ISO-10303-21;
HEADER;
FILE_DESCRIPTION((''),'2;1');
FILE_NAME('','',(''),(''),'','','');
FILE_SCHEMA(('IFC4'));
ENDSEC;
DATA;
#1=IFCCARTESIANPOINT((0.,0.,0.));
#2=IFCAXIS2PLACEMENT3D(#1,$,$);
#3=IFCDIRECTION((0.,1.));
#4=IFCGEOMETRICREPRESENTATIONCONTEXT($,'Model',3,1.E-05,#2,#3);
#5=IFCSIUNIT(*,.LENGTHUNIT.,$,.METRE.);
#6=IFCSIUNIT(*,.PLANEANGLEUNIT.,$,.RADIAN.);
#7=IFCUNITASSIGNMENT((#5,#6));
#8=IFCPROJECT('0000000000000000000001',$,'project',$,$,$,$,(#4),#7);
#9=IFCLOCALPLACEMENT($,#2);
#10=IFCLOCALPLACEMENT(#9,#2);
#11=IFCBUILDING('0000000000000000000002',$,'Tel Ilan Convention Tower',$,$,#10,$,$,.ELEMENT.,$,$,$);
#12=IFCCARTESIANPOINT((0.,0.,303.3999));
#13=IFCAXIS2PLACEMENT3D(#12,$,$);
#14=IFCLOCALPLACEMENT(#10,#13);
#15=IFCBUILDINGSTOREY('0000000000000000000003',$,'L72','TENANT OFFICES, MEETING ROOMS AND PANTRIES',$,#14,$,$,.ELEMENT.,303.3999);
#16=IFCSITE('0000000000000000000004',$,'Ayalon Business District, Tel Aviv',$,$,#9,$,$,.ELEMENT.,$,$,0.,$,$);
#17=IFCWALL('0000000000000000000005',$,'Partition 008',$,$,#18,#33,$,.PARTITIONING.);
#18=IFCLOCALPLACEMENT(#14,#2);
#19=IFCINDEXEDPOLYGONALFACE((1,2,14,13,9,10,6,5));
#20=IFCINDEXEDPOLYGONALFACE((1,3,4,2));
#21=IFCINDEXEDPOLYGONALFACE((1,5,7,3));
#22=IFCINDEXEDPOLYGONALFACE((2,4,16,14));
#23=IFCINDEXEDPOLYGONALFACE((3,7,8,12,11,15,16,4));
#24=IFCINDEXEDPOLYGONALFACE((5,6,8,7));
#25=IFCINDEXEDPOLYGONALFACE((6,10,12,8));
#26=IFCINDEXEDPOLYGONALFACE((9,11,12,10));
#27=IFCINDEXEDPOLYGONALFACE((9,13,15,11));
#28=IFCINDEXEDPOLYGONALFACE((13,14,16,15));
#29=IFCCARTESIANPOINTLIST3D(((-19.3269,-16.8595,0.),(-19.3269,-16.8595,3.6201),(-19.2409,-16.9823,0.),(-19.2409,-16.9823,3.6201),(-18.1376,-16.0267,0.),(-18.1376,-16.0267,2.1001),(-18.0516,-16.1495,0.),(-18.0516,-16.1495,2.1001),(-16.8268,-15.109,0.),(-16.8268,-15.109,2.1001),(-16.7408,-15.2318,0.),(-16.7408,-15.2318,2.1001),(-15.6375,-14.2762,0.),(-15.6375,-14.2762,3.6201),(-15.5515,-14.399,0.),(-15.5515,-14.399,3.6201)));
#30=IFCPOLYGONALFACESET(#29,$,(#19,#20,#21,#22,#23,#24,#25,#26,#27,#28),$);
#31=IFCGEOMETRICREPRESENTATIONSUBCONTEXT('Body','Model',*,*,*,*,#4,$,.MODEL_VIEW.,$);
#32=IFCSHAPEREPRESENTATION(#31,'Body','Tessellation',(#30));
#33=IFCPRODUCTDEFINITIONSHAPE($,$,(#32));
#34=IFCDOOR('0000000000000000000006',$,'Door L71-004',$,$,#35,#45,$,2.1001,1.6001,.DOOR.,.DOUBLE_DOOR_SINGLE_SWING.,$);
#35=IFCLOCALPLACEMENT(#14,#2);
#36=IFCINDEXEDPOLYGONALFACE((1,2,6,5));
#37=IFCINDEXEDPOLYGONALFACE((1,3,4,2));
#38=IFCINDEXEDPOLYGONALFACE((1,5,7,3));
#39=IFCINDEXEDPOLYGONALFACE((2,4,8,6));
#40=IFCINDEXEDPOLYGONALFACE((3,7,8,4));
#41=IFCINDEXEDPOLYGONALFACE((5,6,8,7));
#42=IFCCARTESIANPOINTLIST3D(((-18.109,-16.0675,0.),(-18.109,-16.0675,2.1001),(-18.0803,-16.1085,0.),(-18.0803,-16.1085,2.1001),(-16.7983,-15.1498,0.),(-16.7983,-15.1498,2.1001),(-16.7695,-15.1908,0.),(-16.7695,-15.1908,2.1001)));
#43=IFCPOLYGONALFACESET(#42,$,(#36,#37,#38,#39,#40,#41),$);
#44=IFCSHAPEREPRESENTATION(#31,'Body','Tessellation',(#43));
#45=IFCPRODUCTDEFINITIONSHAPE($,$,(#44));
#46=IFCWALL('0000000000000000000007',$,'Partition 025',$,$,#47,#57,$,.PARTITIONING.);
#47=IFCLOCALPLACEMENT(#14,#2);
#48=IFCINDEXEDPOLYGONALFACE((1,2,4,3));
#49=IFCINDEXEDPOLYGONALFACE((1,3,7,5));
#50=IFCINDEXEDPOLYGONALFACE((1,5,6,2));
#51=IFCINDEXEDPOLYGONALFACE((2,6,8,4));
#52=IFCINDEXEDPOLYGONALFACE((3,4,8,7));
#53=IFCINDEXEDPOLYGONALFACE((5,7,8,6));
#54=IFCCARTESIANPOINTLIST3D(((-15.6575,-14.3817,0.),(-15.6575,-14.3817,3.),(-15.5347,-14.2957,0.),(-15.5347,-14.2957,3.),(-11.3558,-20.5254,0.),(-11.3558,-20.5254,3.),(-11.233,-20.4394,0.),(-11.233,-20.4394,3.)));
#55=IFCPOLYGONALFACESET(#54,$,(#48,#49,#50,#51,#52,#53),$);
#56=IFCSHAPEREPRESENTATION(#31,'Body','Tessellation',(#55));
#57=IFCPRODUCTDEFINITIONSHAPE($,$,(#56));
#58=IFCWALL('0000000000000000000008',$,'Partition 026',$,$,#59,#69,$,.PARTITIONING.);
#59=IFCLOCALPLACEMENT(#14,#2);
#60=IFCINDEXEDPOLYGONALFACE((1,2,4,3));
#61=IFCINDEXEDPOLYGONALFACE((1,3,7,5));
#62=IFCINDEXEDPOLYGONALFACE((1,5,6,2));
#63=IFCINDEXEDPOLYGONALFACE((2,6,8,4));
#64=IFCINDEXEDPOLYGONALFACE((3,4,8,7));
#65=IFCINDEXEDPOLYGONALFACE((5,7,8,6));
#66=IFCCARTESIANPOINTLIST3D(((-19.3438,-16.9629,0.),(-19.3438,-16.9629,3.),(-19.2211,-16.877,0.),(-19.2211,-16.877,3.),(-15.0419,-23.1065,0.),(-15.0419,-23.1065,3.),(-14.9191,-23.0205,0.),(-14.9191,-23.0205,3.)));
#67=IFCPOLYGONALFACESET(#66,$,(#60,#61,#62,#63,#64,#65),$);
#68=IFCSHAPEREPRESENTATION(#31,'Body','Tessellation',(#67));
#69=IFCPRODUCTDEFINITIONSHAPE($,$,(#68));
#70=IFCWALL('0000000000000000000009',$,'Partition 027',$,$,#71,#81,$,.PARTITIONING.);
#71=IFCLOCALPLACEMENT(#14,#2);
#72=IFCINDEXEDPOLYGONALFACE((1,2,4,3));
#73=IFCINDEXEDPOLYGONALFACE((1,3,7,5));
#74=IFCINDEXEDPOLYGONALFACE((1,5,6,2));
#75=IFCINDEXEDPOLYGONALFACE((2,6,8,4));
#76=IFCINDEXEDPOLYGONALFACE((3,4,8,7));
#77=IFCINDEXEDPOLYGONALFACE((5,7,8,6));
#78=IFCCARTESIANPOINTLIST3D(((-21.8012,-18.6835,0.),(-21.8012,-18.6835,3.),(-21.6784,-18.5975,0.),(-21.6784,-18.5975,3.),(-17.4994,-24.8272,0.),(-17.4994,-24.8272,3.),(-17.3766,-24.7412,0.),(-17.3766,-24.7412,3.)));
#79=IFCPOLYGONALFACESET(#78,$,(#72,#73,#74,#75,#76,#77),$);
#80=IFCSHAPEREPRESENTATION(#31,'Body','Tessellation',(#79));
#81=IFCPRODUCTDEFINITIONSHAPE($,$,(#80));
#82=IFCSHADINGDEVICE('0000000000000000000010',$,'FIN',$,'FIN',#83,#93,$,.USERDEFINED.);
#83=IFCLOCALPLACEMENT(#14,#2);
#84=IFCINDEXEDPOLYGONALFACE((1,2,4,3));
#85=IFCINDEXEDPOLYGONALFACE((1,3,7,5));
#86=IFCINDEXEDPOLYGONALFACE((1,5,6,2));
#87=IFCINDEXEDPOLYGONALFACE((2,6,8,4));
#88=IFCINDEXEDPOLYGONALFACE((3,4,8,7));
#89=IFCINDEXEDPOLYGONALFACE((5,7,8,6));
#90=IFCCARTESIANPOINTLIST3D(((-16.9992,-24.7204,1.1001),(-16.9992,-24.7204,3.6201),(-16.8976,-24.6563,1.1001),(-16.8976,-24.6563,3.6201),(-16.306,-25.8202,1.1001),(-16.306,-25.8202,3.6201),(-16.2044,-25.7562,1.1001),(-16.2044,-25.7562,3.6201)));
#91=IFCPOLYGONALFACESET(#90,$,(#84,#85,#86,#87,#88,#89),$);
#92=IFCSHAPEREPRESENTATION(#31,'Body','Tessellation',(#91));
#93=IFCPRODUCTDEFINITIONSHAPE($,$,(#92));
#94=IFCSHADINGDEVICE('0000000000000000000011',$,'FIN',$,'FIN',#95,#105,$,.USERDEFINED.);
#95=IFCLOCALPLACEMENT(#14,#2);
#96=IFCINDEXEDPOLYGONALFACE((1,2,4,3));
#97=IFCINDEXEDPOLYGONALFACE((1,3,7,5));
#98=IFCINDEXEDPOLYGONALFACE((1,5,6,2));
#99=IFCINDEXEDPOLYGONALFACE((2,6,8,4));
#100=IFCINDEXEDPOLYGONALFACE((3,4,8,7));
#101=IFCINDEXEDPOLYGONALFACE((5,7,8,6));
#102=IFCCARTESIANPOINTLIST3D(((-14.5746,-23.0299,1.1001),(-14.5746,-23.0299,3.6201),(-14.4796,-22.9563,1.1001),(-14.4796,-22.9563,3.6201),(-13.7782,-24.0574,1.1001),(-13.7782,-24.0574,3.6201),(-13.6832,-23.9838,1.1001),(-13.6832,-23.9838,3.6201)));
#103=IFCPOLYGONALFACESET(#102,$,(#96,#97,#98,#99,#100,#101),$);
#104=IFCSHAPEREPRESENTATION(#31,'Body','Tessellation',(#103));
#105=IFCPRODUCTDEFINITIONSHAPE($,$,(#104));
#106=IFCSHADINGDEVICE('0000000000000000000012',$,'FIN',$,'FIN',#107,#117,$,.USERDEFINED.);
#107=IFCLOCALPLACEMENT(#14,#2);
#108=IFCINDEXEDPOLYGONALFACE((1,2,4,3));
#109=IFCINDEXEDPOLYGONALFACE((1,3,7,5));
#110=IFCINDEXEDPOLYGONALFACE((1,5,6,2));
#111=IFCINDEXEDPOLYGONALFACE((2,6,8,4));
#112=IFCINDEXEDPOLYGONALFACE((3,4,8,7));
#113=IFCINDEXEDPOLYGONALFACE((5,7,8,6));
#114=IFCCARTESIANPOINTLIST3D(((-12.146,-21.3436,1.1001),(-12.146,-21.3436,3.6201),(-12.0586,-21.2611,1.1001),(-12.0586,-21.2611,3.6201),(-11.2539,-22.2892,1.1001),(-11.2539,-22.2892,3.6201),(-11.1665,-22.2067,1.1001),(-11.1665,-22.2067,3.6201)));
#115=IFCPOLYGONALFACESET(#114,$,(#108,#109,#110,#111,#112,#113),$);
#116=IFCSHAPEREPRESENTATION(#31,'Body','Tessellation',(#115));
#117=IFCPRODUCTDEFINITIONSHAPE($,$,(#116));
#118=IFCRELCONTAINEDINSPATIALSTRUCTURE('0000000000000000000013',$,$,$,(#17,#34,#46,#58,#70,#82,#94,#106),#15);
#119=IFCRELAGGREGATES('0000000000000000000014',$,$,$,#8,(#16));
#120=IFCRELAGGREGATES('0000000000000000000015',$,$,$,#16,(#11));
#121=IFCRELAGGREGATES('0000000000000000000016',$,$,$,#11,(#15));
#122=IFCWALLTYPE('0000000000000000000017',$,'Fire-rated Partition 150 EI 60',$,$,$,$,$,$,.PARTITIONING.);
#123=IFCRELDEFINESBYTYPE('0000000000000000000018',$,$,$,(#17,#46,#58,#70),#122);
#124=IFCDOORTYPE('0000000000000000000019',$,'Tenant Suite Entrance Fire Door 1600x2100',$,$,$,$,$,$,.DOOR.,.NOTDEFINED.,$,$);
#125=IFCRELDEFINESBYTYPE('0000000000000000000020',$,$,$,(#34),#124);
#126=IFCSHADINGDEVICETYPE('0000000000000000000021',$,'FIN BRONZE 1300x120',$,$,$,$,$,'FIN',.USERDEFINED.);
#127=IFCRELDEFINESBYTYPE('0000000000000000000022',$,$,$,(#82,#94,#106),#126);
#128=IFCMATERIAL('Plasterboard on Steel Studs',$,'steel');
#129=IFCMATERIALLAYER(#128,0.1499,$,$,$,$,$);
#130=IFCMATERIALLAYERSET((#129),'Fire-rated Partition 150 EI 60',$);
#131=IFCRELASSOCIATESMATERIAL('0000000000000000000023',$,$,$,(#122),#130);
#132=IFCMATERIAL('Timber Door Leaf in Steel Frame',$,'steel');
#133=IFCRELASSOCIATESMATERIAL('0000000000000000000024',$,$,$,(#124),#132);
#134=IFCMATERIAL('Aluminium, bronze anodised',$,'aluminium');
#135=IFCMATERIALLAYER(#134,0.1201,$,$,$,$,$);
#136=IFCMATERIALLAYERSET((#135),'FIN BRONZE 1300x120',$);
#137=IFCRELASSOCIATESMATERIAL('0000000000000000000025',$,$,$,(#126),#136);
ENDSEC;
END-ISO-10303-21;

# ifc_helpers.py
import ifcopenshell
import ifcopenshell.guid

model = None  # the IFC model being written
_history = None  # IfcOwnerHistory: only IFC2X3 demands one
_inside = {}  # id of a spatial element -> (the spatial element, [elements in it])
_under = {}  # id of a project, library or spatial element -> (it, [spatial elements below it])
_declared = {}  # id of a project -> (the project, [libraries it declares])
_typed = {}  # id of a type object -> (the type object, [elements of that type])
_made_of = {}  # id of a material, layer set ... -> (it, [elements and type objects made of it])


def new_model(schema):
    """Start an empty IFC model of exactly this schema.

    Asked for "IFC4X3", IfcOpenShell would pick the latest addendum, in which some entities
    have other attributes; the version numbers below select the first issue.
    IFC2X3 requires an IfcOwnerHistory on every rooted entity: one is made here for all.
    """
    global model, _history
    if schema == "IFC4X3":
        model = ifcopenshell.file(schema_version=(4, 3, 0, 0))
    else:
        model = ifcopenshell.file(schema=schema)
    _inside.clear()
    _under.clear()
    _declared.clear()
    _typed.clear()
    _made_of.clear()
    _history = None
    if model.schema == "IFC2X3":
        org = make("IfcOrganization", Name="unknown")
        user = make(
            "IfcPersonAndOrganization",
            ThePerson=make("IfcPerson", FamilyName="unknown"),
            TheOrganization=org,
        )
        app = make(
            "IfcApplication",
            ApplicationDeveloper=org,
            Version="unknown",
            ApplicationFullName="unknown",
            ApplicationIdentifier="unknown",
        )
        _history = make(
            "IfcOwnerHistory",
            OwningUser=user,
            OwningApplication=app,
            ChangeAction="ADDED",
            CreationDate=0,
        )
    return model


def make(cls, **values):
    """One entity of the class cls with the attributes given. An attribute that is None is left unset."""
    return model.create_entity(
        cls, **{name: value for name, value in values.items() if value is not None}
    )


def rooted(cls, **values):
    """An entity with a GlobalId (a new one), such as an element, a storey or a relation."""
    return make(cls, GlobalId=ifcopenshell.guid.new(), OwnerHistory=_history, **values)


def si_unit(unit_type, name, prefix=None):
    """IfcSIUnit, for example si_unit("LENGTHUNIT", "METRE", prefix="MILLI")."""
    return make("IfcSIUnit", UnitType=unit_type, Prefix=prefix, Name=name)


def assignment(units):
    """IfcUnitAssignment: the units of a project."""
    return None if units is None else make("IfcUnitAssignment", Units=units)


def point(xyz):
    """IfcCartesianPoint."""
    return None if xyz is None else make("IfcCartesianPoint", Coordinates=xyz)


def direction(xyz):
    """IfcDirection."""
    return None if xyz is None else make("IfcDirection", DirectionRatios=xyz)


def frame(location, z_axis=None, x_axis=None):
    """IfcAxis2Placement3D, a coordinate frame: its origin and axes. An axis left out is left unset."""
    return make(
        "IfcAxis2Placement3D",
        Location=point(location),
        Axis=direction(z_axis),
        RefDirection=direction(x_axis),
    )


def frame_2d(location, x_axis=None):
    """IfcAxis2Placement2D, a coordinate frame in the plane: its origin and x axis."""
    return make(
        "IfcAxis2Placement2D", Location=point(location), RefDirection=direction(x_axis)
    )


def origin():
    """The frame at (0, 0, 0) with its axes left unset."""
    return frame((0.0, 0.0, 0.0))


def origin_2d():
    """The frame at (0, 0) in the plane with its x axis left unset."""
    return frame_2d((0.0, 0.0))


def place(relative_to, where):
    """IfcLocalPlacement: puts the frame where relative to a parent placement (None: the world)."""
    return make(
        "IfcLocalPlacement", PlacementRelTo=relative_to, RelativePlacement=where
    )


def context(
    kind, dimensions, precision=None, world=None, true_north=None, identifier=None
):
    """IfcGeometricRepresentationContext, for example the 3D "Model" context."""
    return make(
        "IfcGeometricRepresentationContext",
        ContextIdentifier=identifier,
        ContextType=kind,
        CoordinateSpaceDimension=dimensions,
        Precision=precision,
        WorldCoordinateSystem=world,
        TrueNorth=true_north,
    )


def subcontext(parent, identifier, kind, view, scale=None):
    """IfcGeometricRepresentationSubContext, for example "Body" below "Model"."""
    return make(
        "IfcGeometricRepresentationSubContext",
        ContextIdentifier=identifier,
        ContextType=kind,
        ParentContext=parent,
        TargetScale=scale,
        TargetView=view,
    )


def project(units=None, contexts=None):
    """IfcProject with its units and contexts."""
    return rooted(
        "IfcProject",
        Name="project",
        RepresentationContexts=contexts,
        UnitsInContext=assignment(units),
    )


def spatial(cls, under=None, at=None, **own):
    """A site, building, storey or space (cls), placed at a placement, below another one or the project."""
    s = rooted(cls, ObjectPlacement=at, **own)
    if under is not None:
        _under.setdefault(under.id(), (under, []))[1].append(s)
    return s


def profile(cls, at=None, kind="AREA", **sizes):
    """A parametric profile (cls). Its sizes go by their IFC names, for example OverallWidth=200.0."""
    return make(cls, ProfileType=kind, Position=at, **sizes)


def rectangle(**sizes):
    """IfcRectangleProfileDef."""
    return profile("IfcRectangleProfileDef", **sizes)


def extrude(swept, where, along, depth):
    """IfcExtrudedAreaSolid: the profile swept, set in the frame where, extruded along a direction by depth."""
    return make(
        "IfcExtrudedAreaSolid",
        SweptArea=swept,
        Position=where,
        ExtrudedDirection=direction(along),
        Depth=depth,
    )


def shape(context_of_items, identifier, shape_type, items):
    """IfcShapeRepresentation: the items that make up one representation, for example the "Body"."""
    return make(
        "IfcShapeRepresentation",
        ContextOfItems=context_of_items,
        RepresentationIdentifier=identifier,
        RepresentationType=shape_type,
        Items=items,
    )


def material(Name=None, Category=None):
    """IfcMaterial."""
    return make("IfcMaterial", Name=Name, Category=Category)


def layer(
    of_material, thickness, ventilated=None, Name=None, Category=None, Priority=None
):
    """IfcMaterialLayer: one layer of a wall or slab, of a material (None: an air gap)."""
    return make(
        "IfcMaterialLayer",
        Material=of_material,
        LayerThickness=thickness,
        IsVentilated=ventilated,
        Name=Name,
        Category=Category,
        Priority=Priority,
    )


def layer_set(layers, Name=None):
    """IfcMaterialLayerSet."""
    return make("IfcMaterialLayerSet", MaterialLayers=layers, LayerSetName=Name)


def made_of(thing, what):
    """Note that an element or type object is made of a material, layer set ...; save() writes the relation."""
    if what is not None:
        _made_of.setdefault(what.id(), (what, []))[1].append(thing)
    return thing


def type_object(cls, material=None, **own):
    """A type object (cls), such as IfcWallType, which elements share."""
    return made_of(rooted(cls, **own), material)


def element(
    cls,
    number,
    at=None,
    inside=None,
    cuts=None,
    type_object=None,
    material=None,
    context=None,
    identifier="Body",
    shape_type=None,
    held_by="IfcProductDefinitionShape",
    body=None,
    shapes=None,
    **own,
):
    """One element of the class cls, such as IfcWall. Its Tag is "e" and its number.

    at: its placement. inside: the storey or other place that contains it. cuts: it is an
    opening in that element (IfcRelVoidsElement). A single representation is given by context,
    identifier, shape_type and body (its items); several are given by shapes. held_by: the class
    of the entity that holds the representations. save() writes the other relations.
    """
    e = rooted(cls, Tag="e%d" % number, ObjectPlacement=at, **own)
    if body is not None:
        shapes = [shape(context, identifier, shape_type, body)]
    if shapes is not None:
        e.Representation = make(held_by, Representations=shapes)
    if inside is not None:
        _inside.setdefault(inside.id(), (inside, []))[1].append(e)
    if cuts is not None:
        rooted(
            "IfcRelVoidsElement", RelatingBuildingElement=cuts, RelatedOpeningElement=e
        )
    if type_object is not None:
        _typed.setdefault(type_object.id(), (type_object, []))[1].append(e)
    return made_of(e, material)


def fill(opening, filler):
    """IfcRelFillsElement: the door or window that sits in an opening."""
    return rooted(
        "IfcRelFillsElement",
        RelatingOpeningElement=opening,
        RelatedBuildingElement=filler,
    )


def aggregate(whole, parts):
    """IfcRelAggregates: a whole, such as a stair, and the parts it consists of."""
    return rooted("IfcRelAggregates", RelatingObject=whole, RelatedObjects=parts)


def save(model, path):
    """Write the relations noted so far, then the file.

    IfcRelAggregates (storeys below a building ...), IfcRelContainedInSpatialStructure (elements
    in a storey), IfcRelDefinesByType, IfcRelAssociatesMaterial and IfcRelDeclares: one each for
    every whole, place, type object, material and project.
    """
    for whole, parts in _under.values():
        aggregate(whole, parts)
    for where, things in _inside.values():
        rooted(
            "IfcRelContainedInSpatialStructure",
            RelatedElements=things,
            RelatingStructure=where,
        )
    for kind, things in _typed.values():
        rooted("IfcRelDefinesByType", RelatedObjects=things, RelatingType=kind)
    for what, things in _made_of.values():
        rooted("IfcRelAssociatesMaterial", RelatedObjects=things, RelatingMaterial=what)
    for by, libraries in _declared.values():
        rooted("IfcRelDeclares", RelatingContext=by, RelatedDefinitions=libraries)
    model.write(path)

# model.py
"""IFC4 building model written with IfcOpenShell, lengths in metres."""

from ifc_helpers import new_model, si_unit, direction, frame, frame_2d, origin, origin_2d, place, context, subcontext, project, spatial, rectangle, extrude, material, layer, layer_set, type_object, element, fill, save


model = new_model("IFC4")

# Units and contexts
model_context = context("Model", 3, precision=1e-05, world=origin(), true_north=direction((0.0, 1.0)))
body_context = subcontext(model_context, "Body", "Model", "MODEL_VIEW")
ifc_project = project(units=[si_unit("LENGTHUNIT", "METRE"), si_unit("PLANEANGLEUNIT", "RADIAN")], contexts=[model_context])

# Site, building, storey
site_placement = place(None, origin())
site = spatial("IfcSite", under=ifc_project, at=site_placement, Name="Ayalon Business District, Tel Aviv", CompositionType="ELEMENT", RefElevation=0.0)
building_placement = place(site_placement, origin())
building = spatial("IfcBuilding", under=site, at=building_placement, Name="Tel Ilan Convention Tower", CompositionType="ELEMENT")
storey_placement = place(building_placement, frame((0.0, 0.0, 303.3999)))
storey = spatial("IfcBuildingStorey", under=building, at=storey_placement, Name="L72", Description="TENANT OFFICES, MEETING ROOMS AND PANTRIES", CompositionType="ELEMENT", Elevation=303.3999)

# Wall, opening, door
ifc_material_1 = material(Name="Plasterboard on Steel Studs", Category="steel")
ifc_layer_1 = layer(ifc_material_1, 0.1499)
ifc_layer_set_1 = layer_set([ifc_layer_1], Name="Fire-rated Partition 150 EI 60")
wall_type = type_object("IfcWallType", Name="Fire-rated Partition 150 EI 60", PredefinedType="PARTITIONING", material=ifc_layer_set_1)
wall_placement = place(storey_placement, frame((-15.5945, -14.3376, 0.0), z_axis=(0.0, 0.0, 1.0), x_axis=(-0.819166, -0.573557, 0.0)))
wall = element("IfcWall", 1, at=wall_placement, inside=storey, type_object=wall_type, Name="Partition 008", PredefinedType="PARTITIONING", context=body_context, shape_type="SweptSolid", body=[
    extrude(rectangle(XDim=4.5039, YDim=0.1499, at=frame_2d((2.252, 0.0))), origin(), (0.0, 0.0, 1.0), 3.6201),
])
opening_placement = place(wall_placement, frame((1.4519, 0.0, 0.0)))
opening = element("IfcOpeningElement", 2, at=opening_placement, cuts=wall, PredefinedType="OPENING", context=body_context, shape_type="SweptSolid", body=[
    extrude(rectangle(XDim=1.6001, YDim=2.1001, at=frame_2d((0.8, 1.05))), frame((0.0, 0.085, 0.0), z_axis=(0.0, -1.0, 0.0), x_axis=(1.0, 0.0, 0.0)), (0.0, 0.0, 1.0), 0.1699),
])
ifc_material_2 = material(Name="Timber Door Leaf in Steel Frame", Category="steel")
door_type = type_object("IfcDoorType", Name="Tenant Suite Entrance Fire Door 1600x2100", OperationType="NOTDEFINED", PredefinedType="DOOR", material=ifc_material_2)
door_placement = place(opening_placement, origin())
door = element("IfcDoor", 3, at=door_placement, inside=storey, type_object=door_type, Name="Door L71-004", OperationType="DOUBLE_DOOR_SINGLE_SWING", OverallHeight=2.1001, OverallWidth=1.6001, PredefinedType="DOOR", context=body_context, shape_type="SweptSolid", body=[
    extrude(rectangle(XDim=1.6001, YDim=2.1001, at=frame_2d((0.8, 1.05))), frame((0.0, 0.0249, 0.0), z_axis=(0.0, -1.0, 0.0), x_axis=(1.0, 0.0, 0.0)), (0.0, 0.0, 1.0), 0.05),
])
fill(opening, door)

# Walls
for number, where, z_axis, x_axis, name in (
    (4, (-11.2944, -20.4824, 0.0), (0.0, 0.0, 1.0), (-0.573561, 0.819163, 0.0), "Partition 025"),
    (5, (-14.9805, -23.0635, 0.0), (0.0, 0.0, 1.0), (-0.573598, 0.819137, 0.0), "Partition 026"),
    (6, (-17.438, -24.7842, 0.0), (0.0, 0.0, 1.0), (-0.573576, 0.819152, 0.0), "Partition 027"),
):
    element("IfcWall", number, at=place(storey_placement, frame(where, z_axis=z_axis, x_axis=x_axis)), inside=storey, type_object=wall_type, Name=name, PredefinedType="PARTITIONING", context=body_context, shape_type="SweptSolid", body=[
        extrude(rectangle(XDim=7.5, YDim=0.1499, at=frame_2d((3.75, 0.0))), origin(), (0.0, 0.0, 1.0), 3.0),
    ])

# Shading devices
ifc_material_3 = material(Name="Aluminium, bronze anodised", Category="aluminium")
ifc_layer_2 = layer(ifc_material_3, 0.1201)
ifc_layer_set_2 = layer_set([ifc_layer_2], Name="FIN BRONZE 1300x120")
shading_device_type = type_object("IfcShadingDeviceType", Name="FIN BRONZE 1300x120", ElementType="FIN", PredefinedType="USERDEFINED", material=ifc_layer_set_2)
for number, where, z_axis, x_axis, name in (
    (7, (-16.6018, -25.2383, 1.1001), (0.0, 0.0, 1.0), (0.533204, -0.845986, 0.0), "FIN"),
    (8, (-14.1289, -23.5068, 1.1001), (0.0, 0.0, 1.0), (0.612601, -0.790393, 0.0), "FIN"),
    (9, (-11.6562, -21.7751, 1.1001), (0.0, 0.0, 1.0), (0.686242, -0.727374, 0.0), "FIN"),
):
    element("IfcShadingDevice", number, at=place(storey_placement, frame(where, z_axis=z_axis, x_axis=x_axis)), inside=storey, type_object=shading_device_type, Name=name, ObjectType="FIN", PredefinedType="USERDEFINED", context=body_context, shape_type="SweptSolid", body=[
        extrude(rectangle(XDim=1.3, YDim=0.1201, at=origin_2d()), origin(), (0.0, 0.0, 1.0), 2.52),
    ])

save(model, "model.ifc")
